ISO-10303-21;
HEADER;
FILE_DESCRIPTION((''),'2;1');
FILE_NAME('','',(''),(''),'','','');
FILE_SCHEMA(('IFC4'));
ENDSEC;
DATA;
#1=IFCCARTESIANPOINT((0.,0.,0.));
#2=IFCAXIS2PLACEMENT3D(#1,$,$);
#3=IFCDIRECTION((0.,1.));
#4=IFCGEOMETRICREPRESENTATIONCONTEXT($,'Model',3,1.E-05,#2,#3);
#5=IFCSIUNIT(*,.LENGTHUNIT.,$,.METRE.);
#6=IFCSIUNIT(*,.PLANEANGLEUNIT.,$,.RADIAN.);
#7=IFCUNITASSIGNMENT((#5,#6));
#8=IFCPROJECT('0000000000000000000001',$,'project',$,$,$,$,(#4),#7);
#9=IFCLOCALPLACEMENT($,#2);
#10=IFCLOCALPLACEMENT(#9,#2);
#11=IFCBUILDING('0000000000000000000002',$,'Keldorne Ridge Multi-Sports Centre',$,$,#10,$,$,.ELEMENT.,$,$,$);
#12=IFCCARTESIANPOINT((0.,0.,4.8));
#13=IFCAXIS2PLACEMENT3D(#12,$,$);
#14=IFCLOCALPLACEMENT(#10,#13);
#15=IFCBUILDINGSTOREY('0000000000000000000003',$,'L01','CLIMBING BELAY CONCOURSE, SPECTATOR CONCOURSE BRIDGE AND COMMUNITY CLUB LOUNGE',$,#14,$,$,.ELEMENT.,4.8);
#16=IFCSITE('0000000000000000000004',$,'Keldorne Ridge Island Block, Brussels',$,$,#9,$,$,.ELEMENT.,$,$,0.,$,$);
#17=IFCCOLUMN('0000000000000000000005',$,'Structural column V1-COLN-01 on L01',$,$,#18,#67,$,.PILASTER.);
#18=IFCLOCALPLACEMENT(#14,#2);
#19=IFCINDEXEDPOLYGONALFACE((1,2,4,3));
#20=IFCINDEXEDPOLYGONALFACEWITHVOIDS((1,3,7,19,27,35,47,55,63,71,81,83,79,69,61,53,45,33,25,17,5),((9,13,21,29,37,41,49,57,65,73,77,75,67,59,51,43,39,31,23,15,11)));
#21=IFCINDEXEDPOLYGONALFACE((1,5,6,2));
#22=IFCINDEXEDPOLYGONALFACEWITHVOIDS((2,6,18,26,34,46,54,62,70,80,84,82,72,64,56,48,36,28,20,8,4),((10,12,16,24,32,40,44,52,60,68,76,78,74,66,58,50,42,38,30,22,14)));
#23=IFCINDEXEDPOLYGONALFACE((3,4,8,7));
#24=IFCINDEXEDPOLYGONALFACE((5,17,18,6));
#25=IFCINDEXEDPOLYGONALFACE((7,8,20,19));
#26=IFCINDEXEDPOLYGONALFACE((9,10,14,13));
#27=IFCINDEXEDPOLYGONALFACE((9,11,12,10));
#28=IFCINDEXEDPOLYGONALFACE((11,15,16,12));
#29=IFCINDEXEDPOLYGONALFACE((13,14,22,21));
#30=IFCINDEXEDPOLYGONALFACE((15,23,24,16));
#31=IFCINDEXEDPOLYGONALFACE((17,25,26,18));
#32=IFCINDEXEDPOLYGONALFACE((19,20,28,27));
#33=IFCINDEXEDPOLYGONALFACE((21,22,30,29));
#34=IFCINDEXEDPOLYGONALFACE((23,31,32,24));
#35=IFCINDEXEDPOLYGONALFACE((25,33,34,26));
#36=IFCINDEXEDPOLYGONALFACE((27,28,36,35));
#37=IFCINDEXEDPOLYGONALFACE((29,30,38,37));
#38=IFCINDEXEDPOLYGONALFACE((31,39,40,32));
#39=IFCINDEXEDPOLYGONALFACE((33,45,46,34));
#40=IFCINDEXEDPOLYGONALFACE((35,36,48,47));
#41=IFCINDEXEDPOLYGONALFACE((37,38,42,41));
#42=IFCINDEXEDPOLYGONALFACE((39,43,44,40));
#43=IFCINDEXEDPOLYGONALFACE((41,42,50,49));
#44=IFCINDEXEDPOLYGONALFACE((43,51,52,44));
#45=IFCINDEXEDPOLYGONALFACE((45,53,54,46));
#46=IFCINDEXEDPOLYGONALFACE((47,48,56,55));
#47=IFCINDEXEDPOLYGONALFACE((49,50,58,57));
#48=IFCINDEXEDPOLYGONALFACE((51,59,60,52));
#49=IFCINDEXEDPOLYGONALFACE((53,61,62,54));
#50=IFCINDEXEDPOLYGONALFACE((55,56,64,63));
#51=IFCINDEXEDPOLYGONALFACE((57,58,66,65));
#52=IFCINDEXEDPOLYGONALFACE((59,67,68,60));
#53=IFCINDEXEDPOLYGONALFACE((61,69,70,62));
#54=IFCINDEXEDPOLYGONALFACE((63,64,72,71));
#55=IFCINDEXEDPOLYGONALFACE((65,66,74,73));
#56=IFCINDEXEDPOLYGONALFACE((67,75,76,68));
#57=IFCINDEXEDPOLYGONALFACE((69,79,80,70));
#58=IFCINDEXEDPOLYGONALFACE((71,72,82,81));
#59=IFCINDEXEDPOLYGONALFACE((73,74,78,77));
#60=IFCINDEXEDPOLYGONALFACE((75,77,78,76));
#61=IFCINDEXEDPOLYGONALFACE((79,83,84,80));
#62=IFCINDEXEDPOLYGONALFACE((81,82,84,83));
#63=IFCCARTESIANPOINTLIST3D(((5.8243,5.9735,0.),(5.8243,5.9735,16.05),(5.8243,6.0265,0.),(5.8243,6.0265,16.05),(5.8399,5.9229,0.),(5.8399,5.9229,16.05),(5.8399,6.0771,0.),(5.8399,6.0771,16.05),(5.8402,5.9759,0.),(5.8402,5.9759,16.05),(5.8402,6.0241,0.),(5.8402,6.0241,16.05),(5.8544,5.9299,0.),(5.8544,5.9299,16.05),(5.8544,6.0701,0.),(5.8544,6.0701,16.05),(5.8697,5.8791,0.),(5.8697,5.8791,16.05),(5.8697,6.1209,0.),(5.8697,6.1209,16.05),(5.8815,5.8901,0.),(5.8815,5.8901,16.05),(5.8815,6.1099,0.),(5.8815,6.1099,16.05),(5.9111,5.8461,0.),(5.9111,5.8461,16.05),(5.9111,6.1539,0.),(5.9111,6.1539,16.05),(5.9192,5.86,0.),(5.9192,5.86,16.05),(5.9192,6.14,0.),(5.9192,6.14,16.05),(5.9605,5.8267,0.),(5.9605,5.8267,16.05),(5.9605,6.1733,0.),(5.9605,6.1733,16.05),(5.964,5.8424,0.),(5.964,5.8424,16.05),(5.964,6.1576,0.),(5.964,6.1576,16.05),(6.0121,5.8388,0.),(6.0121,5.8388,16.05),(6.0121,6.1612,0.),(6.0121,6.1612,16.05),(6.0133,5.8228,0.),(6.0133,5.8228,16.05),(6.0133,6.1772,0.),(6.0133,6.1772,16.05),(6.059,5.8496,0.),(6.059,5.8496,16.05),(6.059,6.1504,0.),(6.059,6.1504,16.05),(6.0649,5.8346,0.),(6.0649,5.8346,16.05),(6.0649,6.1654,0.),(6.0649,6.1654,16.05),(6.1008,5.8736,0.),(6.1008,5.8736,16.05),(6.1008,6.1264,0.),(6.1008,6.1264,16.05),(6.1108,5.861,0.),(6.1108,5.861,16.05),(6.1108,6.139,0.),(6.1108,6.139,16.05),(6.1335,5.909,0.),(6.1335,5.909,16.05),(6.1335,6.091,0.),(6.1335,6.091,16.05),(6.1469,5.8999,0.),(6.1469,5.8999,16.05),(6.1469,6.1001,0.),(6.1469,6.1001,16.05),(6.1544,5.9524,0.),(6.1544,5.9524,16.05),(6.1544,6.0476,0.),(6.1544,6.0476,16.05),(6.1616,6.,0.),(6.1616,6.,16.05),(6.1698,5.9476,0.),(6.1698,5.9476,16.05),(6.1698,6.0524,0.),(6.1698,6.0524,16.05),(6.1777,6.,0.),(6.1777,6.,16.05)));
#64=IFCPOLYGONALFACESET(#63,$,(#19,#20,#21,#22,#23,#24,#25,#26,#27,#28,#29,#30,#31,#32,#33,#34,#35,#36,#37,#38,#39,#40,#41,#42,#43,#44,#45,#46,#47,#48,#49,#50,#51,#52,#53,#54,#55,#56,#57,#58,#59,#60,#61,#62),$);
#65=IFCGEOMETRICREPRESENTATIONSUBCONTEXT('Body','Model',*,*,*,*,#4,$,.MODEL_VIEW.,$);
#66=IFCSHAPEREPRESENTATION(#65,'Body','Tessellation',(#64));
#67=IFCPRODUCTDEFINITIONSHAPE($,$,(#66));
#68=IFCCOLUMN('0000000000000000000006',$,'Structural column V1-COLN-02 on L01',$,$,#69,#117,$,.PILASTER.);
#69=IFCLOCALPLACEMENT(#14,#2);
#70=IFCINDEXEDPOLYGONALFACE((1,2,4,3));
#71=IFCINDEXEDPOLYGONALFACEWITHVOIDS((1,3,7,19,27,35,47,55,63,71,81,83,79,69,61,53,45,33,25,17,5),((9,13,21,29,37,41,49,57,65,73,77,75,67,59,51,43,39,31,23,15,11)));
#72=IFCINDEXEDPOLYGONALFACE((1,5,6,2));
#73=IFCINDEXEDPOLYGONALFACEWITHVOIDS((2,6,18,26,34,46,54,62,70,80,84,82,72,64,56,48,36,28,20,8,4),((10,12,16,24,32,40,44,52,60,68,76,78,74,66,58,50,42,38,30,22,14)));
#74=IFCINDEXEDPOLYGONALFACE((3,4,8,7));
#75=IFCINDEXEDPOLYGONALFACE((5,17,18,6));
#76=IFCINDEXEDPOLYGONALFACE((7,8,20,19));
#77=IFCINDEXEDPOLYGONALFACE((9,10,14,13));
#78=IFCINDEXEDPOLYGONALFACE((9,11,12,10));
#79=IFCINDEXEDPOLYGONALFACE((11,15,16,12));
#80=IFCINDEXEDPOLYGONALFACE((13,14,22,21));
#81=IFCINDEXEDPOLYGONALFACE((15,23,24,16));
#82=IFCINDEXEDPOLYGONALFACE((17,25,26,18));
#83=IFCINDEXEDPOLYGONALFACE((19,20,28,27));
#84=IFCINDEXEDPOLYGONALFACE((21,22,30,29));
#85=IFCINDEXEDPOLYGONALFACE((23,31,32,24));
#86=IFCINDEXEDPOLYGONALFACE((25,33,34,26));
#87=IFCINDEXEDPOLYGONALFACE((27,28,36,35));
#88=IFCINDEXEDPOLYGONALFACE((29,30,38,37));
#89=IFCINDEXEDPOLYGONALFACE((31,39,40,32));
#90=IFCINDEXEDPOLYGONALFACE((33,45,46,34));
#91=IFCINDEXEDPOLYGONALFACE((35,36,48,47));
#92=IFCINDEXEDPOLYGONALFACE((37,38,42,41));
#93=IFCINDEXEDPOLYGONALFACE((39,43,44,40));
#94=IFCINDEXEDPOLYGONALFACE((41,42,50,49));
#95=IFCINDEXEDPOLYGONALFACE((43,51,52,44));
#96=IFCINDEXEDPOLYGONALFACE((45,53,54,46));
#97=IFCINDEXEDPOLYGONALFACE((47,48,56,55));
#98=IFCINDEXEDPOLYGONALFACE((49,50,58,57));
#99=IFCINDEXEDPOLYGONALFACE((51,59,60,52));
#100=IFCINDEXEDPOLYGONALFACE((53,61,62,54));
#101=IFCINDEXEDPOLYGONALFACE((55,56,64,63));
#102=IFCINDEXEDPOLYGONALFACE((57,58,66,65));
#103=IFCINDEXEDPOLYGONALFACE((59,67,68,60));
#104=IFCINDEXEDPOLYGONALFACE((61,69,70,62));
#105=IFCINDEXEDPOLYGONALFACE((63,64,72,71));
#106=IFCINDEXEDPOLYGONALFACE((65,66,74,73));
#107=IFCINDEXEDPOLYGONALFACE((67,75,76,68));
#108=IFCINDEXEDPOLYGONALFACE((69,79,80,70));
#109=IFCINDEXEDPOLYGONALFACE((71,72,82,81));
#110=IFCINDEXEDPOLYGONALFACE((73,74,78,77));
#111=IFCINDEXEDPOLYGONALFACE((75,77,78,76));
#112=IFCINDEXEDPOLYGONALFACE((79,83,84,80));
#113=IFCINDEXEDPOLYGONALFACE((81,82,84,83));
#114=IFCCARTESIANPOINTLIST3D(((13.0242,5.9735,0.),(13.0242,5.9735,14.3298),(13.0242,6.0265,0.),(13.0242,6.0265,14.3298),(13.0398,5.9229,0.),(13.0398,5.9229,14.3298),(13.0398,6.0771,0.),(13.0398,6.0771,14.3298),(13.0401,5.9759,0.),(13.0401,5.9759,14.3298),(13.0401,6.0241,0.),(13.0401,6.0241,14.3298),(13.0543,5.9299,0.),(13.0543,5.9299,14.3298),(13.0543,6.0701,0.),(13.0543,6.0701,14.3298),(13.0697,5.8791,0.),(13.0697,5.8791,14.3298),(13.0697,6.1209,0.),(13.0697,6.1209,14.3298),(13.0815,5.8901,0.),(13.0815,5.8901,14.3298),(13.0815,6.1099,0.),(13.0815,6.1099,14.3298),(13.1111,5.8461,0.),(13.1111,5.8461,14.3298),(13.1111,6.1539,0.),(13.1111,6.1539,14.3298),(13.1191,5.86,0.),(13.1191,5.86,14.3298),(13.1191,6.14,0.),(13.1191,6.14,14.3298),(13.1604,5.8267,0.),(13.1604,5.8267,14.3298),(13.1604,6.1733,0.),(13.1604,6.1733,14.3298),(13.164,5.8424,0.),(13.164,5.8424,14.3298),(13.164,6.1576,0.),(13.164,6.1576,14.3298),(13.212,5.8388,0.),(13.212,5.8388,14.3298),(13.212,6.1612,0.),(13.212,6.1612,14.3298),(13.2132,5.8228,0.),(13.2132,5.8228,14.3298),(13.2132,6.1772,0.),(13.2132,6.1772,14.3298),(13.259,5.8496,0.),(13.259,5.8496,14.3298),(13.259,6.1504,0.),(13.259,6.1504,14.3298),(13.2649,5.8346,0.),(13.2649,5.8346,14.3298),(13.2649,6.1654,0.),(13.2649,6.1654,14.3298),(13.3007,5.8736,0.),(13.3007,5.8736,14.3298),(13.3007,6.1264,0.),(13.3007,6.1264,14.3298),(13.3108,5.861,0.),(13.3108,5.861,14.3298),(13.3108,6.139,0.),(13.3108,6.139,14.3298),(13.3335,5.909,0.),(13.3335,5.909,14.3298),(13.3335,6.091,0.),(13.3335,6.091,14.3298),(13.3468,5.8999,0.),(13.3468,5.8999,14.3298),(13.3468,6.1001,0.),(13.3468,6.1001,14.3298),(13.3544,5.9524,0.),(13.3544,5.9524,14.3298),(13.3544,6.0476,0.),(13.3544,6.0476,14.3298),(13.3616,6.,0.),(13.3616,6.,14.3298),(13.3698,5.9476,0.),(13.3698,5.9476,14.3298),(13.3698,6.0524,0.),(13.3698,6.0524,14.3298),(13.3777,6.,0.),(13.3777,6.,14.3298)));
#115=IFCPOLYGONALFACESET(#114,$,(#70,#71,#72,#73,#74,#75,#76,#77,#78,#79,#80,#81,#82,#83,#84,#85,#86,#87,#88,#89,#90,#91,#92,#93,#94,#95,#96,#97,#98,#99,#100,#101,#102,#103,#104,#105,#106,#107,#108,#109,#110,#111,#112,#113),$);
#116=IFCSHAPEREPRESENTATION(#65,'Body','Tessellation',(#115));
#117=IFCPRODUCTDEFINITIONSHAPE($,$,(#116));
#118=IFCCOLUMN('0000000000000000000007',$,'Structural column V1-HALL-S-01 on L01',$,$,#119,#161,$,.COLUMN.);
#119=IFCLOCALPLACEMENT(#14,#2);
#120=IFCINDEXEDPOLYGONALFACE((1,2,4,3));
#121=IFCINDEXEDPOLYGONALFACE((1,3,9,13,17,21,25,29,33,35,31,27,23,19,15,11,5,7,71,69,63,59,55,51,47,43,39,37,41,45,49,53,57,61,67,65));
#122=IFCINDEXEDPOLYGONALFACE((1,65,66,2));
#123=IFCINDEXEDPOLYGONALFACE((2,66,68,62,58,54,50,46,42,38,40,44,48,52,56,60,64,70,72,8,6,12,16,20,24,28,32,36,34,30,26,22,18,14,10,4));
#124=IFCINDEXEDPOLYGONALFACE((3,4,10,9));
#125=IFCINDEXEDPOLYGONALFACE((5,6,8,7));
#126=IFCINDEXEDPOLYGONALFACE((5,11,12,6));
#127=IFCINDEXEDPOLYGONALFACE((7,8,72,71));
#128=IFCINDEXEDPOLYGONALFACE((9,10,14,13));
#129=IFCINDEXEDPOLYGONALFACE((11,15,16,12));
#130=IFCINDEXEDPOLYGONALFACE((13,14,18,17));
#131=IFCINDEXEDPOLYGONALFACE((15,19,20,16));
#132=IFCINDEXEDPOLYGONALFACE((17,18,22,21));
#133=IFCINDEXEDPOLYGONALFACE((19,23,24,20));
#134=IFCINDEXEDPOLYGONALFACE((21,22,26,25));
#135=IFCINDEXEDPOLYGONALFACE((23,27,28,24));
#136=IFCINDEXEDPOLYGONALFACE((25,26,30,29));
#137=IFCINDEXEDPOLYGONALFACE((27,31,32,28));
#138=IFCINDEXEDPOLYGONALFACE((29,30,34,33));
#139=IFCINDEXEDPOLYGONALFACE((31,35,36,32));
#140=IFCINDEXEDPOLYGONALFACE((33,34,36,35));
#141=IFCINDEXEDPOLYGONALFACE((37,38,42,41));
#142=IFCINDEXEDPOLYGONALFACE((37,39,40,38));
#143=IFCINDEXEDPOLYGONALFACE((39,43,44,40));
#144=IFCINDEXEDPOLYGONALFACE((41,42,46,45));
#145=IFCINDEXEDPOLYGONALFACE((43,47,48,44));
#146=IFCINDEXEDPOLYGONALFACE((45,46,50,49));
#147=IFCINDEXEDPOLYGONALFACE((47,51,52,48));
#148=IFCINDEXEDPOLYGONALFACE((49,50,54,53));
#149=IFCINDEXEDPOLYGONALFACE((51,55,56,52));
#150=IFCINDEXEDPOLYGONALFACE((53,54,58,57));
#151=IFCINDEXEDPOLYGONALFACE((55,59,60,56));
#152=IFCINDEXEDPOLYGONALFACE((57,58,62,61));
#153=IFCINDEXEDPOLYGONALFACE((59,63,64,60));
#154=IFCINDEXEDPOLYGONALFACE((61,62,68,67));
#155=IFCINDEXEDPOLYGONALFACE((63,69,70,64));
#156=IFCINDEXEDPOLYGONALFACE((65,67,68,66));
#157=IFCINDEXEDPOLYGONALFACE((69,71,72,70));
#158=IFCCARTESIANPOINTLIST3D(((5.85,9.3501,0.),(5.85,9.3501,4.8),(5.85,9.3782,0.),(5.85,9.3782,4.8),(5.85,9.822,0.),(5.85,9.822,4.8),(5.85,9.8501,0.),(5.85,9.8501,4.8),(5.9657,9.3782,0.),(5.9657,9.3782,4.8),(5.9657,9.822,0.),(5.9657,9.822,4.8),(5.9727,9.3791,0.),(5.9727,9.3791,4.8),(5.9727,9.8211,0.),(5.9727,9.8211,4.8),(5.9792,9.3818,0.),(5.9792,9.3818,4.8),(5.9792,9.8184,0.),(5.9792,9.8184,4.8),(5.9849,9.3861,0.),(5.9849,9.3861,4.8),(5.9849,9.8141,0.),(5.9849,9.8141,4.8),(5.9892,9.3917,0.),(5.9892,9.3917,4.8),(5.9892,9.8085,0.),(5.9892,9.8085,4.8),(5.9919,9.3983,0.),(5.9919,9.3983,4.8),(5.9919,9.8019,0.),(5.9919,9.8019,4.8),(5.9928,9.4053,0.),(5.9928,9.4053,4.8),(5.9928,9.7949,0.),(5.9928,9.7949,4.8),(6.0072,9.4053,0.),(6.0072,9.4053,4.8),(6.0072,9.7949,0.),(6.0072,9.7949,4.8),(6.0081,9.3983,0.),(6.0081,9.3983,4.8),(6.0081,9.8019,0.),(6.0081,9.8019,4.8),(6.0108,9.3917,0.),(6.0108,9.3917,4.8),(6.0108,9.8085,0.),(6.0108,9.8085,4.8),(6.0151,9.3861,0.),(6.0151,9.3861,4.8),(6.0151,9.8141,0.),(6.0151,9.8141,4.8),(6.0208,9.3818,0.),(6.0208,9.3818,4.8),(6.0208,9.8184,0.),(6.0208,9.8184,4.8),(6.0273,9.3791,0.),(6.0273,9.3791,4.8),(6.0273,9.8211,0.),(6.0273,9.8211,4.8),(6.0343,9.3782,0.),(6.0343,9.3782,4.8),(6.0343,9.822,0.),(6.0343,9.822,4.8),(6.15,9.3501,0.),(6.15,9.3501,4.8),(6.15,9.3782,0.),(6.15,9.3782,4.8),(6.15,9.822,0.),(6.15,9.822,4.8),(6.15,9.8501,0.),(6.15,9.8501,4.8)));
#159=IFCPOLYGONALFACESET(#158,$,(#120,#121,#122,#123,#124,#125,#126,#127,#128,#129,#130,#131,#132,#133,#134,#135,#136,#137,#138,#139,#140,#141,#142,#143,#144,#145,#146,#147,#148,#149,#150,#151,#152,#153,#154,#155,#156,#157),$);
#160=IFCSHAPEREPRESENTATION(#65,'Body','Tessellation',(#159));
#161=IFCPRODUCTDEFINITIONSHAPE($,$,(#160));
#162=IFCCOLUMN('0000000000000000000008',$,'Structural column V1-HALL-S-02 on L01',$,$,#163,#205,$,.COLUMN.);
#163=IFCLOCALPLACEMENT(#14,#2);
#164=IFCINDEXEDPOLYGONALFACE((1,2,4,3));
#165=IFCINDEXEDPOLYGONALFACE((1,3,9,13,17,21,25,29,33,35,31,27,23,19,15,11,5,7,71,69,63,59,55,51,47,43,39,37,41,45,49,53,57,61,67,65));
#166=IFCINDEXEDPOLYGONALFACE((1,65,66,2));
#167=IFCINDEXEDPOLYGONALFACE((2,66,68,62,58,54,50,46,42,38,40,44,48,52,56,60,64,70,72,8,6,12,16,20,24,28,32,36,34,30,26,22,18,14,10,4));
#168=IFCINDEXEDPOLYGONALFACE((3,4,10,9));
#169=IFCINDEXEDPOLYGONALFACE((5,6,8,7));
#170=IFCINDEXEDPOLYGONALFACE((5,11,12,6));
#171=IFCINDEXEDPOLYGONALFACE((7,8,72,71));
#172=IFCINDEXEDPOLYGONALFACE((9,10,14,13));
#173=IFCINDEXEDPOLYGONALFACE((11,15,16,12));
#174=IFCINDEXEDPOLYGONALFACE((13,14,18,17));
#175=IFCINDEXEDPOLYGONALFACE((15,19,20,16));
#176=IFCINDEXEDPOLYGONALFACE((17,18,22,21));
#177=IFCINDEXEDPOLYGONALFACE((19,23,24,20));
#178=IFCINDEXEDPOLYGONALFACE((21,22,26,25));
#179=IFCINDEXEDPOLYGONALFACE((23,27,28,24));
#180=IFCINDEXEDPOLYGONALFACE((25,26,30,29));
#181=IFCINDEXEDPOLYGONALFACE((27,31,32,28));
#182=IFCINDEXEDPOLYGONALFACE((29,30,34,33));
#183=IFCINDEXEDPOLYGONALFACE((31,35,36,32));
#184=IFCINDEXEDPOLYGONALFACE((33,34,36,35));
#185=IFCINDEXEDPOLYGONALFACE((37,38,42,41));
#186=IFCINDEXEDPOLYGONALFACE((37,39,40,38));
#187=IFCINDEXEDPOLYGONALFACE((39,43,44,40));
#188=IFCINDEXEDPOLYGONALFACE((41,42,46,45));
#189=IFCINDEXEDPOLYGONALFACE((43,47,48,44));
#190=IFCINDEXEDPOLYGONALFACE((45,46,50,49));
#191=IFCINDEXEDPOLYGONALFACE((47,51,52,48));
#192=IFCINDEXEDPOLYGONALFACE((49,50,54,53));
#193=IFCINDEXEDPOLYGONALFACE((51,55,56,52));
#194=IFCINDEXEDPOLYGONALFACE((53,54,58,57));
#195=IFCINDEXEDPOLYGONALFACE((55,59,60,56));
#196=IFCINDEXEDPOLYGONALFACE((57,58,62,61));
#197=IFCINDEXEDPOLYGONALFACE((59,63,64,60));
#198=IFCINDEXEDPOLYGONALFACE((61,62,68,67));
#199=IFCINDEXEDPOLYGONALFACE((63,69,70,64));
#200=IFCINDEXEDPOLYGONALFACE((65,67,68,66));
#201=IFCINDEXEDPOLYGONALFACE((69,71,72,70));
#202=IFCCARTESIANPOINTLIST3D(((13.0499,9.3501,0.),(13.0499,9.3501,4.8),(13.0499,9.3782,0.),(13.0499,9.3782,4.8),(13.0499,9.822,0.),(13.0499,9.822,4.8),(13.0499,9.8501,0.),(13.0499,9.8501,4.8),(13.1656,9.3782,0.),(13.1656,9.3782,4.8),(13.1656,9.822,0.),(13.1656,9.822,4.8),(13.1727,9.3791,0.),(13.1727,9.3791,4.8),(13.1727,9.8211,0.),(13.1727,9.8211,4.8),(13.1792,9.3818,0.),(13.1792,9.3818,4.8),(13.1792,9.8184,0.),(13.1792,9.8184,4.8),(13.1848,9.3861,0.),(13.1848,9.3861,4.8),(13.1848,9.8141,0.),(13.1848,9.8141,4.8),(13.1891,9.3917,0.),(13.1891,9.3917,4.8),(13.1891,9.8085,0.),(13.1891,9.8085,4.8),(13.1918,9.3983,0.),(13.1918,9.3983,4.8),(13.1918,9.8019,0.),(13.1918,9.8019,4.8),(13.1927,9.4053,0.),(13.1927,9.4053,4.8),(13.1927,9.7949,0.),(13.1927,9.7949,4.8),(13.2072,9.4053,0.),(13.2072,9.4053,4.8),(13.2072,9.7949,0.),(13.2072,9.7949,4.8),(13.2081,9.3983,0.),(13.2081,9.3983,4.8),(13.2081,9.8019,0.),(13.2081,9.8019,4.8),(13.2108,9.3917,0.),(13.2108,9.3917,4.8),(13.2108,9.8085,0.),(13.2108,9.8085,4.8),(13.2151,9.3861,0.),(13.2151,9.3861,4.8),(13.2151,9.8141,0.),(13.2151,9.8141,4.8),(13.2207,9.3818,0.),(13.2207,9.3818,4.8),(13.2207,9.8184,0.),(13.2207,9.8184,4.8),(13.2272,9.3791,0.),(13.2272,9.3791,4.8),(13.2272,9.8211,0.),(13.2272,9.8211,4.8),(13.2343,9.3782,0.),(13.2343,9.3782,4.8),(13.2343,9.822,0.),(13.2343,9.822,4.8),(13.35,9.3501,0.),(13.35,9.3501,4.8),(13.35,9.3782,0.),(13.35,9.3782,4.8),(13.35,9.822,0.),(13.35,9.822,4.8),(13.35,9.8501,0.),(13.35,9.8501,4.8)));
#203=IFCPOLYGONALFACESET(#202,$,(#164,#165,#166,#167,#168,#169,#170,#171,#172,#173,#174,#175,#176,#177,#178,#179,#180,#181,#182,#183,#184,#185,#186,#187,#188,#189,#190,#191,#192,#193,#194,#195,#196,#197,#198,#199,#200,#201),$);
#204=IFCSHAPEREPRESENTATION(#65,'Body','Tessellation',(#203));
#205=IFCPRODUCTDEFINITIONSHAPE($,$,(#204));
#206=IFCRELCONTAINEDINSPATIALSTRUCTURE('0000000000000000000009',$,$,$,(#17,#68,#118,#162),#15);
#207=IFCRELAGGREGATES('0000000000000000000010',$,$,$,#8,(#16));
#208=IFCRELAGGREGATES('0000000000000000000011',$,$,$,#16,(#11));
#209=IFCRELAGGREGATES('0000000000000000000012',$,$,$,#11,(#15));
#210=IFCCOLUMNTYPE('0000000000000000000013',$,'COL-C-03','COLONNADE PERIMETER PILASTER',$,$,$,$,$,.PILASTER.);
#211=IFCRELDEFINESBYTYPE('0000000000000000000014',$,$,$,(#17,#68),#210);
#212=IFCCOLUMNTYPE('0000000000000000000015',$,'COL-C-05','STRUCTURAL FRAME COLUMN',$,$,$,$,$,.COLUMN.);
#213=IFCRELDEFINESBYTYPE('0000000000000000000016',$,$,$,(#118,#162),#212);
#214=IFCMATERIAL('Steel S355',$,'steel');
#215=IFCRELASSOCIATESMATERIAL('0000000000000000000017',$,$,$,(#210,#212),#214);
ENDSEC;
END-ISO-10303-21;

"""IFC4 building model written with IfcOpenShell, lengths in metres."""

from ifc_helpers import new_model, si_unit, direction, frame, origin, origin_2d, place, context, subcontext, project, spatial, hollow_circle, i_section, extrude, material, material_profile, profile_set, type_object, element, save


model = new_model("IFC4")

# Units and contexts
model_context = context("Model", 3, precision=1e-05, world=origin(), true_north=direction((0.0, 1.0)))
body_context = subcontext(model_context, "Body", "Model", "MODEL_VIEW")
ifc_project = project(units=[si_unit("LENGTHUNIT", "METRE"), si_unit("PLANEANGLEUNIT", "RADIAN")], contexts=[model_context])

# Site, building, storey
site_placement = place(None, origin())
site = spatial("IfcSite", under=ifc_project, at=site_placement, Name="Keldorne Ridge Island Block, Brussels", CompositionType="ELEMENT", RefElevation=0.0)
building_placement = place(site_placement, origin())
building = spatial("IfcBuilding", under=site, at=building_placement, Name="Keldorne Ridge Multi-Sports Centre", CompositionType="ELEMENT")
storey_placement = place(building_placement, frame((0.0, 0.0, 4.8)))
storey = spatial("IfcBuildingStorey", under=building, at=storey_placement, Name="L01", Description="CLIMBING BELAY CONCOURSE, SPECTATOR CONCOURSE BRIDGE AND COMMUNITY CLUB LOUNGE", CompositionType="ELEMENT", Elevation=4.8)

# Columns
ifc_material_1 = material(Name="Steel S355", Category="steel")
ifc_material_profile_1 = material_profile(ifc_material_1, hollow_circle(Radius=0.1777, WallThickness=0.0161, at=origin_2d()), Name="CHS 355.6x16")
ifc_profile_set_1 = profile_set([ifc_material_profile_1], Name="Steel S355")
column_type_1 = type_object("IfcColumnType", Name="COL-C-03", Description="COLONNADE PERIMETER PILASTER", PredefinedType="PILASTER", material=ifc_profile_set_1)
column_1_placement = place(storey_placement, frame((6.0, 6.0, 0.0), z_axis=(0.0, 0.0, 1.0), x_axis=(1.0, 0.0, 0.0)))
element("IfcColumn", 1, at=column_1_placement, inside=storey, type_object=column_type_1, Name="Structural column V1-COLN-01 on L01", PredefinedType="PILASTER", context=body_context, shape_type="SweptSolid", body=[
    extrude(hollow_circle(Radius=0.1777, WallThickness=0.0161, at=origin_2d()), origin(), (0.0, 0.0, 1.0), 16.05),
])
column_2_placement = place(storey_placement, frame((13.2, 6.0, 0.0), z_axis=(0.0, 0.0, 1.0), x_axis=(1.0, 0.0, 0.0)))
element("IfcColumn", 2, at=column_2_placement, inside=storey, type_object=column_type_1, Name="Structural column V1-COLN-02 on L01", PredefinedType="PILASTER", context=body_context, shape_type="SweptSolid", body=[
    extrude(hollow_circle(Radius=0.1777, WallThickness=0.0161, at=origin_2d()), origin(), (0.0, 0.0, 1.0), 14.3298),
])
ifc_material_profile_2 = material_profile(ifc_material_1, i_section(OverallWidth=0.3, OverallDepth=0.5, WebThickness=0.0144, FlangeThickness=0.0281, FilletRadius=0.0271, at=origin_2d()), Name="HEB 500")
ifc_profile_set_2 = profile_set([ifc_material_profile_2], Name="Steel S355")
column_type_2 = type_object("IfcColumnType", Name="COL-C-05", Description="STRUCTURAL FRAME COLUMN", PredefinedType="COLUMN", material=ifc_profile_set_2)
for number, where, z_axis, x_axis, name in (
    (3, (6.0, 9.6001, 0.0), (0.0, 0.0, 1.0), (1.0, 0.0, 0.0), "Structural column V1-HALL-S-01 on L01"),
    (4, (13.2, 9.6001, 0.0), (0.0, 0.0, 1.0), (1.0, 0.0, 0.0), "Structural column V1-HALL-S-02 on L01"),
):
    element("IfcColumn", number, at=place(storey_placement, frame(where, z_axis=z_axis, x_axis=x_axis)), inside=storey, type_object=column_type_2, Name=name, PredefinedType="COLUMN", context=body_context, shape_type="SweptSolid", body=[
        extrude(i_section(OverallWidth=0.3, OverallDepth=0.5, WebThickness=0.0144, FlangeThickness=0.0281, FilletRadius=0.0271, at=origin_2d()), origin(), (0.0, 0.0, 1.0), 4.8),
    ])

save(model, "model.ifc")
